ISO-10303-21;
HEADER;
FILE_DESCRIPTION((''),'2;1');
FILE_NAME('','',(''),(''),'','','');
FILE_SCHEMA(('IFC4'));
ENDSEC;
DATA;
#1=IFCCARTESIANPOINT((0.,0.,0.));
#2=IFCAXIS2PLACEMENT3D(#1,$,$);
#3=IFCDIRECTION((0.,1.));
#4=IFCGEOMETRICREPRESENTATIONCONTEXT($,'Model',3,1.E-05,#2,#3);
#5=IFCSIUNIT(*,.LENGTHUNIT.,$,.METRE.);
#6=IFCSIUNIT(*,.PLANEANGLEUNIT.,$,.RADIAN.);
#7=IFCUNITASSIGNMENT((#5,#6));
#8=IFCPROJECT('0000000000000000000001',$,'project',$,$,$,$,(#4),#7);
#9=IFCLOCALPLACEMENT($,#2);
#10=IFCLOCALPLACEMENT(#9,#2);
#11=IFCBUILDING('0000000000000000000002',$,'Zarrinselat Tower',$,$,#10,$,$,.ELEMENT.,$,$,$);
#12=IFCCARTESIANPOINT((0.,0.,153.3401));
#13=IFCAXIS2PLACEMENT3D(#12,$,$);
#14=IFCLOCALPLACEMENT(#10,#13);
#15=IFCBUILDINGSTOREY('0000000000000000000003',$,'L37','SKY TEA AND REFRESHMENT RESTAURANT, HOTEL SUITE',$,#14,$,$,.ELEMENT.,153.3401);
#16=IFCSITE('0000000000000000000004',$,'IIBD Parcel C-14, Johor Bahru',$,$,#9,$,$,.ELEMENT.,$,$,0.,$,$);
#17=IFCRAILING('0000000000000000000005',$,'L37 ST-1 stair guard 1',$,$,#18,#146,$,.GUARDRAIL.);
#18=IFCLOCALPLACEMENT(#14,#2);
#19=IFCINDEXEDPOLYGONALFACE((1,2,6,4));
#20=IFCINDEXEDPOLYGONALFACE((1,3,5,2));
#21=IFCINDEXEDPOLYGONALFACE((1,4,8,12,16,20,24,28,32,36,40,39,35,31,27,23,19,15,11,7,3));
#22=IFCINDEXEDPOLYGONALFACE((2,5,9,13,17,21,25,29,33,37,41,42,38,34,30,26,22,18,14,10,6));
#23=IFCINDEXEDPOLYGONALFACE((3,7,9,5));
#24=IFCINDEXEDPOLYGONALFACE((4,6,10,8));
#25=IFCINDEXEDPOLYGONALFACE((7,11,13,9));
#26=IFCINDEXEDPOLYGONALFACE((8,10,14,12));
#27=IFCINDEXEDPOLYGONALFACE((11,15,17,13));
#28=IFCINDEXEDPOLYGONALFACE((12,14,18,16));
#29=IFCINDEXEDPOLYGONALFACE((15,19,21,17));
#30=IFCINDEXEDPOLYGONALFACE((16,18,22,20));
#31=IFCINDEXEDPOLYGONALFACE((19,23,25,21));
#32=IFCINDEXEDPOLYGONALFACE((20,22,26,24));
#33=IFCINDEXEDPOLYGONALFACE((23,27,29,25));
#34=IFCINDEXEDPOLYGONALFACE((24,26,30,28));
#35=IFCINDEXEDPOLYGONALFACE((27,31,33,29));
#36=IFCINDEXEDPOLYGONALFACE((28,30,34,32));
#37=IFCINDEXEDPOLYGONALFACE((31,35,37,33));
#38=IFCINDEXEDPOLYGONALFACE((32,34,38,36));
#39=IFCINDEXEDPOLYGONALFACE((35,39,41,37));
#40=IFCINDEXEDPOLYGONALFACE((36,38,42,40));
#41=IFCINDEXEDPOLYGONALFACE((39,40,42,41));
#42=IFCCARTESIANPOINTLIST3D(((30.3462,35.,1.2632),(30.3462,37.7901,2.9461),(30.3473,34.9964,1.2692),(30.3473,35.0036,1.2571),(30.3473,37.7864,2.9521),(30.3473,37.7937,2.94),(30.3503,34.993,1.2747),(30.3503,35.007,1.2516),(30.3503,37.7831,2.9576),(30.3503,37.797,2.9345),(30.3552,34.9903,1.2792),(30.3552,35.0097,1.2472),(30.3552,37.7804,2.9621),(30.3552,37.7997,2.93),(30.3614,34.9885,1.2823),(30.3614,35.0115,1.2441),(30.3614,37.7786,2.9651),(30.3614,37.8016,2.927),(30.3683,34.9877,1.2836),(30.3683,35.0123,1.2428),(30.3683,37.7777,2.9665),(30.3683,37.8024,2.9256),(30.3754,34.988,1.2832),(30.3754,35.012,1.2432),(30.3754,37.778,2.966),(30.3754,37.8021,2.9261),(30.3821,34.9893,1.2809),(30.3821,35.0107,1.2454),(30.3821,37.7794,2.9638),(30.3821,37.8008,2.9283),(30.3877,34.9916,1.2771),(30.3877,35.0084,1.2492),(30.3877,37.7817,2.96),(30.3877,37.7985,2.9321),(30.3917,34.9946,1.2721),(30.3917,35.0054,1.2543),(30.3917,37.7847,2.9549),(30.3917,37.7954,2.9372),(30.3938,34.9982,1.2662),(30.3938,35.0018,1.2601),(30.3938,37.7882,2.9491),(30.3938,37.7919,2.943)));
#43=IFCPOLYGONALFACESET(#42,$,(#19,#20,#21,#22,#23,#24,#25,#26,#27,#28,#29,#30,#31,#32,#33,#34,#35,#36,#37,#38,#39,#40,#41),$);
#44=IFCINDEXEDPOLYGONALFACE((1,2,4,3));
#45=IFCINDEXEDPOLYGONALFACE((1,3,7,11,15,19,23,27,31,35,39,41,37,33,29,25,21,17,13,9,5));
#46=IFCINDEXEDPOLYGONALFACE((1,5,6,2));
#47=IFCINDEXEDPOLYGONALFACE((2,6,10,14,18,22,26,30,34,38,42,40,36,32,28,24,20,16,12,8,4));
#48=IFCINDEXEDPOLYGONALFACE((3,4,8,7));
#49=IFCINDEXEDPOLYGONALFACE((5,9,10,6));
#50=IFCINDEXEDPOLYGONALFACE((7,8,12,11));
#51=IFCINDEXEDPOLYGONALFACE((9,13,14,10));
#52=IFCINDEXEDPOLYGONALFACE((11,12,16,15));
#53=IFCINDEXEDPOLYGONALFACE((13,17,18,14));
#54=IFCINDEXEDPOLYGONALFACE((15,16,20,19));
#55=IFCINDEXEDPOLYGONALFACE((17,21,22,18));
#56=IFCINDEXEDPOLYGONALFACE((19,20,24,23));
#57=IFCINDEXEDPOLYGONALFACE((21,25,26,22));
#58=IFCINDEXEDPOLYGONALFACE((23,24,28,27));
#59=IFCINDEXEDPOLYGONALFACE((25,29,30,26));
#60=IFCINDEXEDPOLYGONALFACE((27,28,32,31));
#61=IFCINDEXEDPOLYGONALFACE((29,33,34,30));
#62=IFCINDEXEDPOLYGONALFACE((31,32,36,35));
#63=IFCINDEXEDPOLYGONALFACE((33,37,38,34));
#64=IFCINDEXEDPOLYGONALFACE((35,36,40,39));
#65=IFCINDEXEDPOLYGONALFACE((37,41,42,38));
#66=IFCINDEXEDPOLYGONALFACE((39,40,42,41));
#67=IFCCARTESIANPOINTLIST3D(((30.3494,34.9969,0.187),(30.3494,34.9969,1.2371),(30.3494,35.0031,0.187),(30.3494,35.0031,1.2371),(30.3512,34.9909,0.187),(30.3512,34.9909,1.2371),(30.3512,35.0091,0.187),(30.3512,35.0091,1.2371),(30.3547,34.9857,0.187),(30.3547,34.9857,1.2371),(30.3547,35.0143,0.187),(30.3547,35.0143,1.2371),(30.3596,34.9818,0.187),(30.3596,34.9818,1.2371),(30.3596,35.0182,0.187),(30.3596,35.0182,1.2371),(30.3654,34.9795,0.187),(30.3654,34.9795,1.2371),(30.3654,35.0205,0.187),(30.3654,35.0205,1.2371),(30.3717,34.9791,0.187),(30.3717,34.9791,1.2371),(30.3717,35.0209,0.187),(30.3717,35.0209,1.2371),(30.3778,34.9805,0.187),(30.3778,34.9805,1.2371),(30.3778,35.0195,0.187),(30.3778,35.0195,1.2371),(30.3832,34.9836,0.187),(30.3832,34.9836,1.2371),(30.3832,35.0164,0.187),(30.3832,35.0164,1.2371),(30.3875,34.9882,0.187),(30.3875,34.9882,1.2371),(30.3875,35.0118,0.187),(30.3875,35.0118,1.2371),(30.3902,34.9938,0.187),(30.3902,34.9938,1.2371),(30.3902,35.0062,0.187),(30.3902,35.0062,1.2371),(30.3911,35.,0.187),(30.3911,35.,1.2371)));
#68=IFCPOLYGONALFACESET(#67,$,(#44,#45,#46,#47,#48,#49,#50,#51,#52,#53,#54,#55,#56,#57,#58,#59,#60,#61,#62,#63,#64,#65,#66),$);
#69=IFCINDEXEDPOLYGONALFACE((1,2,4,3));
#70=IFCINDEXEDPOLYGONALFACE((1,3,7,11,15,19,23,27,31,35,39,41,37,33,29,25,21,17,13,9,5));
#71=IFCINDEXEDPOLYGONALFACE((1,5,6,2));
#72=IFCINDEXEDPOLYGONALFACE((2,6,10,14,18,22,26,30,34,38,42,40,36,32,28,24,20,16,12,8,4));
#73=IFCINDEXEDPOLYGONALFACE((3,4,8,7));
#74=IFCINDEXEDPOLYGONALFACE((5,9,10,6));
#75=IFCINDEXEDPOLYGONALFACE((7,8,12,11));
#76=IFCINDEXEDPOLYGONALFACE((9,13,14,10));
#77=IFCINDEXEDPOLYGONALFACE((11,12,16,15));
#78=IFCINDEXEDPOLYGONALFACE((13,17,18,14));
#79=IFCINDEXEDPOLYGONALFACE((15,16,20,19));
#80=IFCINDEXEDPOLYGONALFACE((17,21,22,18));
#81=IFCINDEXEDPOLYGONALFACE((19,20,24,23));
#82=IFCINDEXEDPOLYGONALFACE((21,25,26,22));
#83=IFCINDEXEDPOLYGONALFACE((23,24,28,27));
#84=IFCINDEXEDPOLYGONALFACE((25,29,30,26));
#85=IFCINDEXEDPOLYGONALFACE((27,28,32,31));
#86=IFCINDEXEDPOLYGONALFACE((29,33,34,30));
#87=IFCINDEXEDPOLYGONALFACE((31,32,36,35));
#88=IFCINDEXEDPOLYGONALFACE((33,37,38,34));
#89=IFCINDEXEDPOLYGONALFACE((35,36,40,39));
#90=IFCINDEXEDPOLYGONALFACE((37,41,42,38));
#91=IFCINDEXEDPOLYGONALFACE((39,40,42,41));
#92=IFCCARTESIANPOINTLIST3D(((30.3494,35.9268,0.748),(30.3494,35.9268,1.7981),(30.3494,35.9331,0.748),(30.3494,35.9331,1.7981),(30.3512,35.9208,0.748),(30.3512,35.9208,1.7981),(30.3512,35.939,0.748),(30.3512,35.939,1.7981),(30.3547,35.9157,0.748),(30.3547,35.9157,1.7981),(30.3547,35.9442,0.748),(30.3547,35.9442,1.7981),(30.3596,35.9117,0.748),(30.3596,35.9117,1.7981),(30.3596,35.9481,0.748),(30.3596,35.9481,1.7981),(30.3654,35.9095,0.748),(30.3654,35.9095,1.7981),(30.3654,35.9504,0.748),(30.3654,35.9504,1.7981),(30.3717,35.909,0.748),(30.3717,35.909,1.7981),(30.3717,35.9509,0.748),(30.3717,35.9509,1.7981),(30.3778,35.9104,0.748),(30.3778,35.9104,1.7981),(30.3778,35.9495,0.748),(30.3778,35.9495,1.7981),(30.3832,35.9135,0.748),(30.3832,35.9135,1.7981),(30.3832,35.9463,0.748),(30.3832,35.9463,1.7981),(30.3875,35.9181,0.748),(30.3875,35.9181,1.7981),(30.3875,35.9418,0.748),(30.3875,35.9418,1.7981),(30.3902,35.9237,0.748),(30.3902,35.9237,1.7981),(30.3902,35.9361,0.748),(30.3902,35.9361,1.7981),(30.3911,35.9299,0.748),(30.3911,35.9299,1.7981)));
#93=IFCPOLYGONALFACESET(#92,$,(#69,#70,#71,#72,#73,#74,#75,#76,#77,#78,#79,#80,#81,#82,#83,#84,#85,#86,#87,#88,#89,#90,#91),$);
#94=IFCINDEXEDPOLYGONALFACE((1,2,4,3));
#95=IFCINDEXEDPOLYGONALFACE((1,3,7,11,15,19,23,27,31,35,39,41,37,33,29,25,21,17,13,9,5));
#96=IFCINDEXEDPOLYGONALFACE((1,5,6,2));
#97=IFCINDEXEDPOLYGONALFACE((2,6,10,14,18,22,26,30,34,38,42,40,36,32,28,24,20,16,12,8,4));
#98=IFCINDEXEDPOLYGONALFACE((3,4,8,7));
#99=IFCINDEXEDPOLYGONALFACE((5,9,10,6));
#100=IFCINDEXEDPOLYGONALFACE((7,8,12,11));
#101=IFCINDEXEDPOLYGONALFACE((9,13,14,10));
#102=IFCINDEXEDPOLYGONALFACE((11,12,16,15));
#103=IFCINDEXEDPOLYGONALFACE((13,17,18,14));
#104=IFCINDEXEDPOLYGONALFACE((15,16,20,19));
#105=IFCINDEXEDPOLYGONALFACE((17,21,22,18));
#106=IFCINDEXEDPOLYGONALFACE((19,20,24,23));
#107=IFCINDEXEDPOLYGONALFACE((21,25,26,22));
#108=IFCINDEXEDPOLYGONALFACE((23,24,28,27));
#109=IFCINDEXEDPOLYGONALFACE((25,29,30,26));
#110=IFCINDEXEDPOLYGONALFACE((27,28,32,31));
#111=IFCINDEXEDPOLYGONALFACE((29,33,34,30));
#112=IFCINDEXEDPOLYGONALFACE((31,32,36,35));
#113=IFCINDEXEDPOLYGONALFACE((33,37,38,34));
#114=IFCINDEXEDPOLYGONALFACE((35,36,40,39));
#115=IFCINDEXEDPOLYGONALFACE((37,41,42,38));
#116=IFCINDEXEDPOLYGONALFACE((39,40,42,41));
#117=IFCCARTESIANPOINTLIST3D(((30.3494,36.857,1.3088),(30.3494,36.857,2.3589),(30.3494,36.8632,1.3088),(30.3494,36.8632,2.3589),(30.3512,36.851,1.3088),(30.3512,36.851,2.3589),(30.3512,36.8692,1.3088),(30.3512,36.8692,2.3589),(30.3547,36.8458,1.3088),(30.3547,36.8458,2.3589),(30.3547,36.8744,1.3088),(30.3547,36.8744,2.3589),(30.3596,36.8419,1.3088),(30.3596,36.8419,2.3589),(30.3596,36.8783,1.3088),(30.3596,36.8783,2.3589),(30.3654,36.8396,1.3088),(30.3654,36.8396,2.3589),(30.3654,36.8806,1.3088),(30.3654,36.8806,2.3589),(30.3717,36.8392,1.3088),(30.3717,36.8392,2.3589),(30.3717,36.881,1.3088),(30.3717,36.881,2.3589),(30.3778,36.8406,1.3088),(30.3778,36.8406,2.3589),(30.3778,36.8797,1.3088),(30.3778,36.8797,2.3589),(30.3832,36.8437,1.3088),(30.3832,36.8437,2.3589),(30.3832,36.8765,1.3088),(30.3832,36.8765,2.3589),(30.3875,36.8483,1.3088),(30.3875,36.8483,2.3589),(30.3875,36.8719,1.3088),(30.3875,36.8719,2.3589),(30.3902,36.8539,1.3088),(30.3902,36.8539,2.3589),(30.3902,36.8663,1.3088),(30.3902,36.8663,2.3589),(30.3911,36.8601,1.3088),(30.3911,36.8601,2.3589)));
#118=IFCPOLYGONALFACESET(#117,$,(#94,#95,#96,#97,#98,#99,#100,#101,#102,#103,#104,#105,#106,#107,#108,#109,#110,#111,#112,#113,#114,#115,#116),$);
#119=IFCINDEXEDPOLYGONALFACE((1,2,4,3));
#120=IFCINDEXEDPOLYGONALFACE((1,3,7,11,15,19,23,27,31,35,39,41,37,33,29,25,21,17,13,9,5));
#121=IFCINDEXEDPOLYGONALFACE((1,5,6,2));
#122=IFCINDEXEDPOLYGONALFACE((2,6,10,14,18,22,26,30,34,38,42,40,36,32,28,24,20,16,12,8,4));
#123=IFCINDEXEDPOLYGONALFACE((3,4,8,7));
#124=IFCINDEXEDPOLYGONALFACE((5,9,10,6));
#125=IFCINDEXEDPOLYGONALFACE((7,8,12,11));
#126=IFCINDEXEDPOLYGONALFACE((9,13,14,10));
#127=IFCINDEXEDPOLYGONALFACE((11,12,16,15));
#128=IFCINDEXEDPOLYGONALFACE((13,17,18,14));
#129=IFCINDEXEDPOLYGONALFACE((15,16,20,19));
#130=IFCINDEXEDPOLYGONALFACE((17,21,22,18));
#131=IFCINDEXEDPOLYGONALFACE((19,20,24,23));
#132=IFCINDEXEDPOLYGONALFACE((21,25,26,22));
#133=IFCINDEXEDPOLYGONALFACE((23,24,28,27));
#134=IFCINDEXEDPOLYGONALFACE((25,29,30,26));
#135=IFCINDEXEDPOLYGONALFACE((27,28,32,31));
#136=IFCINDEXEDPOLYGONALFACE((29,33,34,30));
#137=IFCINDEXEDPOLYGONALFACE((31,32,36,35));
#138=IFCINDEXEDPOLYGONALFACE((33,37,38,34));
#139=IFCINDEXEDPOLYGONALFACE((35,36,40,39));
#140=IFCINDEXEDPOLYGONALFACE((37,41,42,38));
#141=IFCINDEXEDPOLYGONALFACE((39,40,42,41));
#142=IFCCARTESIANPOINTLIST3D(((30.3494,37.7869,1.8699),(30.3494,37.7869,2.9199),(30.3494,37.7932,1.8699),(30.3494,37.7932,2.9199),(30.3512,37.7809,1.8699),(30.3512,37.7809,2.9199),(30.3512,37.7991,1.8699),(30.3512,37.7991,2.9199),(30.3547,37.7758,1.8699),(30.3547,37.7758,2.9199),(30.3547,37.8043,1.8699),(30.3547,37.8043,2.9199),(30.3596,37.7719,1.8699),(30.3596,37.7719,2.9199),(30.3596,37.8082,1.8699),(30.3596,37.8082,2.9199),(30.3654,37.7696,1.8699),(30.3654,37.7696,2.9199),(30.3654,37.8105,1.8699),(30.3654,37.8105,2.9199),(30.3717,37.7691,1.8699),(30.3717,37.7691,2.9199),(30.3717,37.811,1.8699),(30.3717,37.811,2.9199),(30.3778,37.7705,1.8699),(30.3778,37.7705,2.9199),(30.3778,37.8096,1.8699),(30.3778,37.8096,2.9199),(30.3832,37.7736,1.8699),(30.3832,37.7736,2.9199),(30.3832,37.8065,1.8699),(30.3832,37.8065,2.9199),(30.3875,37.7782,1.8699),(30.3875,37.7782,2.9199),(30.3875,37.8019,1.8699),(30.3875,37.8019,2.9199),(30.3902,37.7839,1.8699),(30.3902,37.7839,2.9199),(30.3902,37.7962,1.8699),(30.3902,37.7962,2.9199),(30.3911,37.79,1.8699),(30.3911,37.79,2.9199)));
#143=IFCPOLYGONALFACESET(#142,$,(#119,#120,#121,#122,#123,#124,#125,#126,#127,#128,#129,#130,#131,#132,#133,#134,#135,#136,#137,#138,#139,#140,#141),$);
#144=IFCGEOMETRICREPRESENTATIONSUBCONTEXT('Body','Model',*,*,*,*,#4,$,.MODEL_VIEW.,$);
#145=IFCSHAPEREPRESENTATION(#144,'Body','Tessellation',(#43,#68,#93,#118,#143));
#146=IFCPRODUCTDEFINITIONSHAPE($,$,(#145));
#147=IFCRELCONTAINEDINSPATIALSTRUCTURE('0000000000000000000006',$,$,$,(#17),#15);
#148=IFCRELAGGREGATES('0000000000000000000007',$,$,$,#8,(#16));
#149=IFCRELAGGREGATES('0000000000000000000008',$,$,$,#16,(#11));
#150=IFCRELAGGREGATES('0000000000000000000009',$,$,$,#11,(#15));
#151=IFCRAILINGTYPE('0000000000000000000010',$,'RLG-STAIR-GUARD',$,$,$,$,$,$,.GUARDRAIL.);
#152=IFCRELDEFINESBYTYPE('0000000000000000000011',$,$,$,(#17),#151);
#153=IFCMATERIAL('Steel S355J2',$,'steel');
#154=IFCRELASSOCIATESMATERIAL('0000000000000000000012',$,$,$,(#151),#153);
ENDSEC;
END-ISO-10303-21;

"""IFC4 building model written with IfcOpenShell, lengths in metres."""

from ifc_helpers import new_model, si_unit, direction, frame, origin, origin_2d, place, context, subcontext, project, spatial, circle, extrude, material, type_object, element, save


model = new_model("IFC4")

# Units and contexts
model_context = context("Model", 3, precision=1e-05, world=origin(), true_north=direction((0.0, 1.0)))
body_context = subcontext(model_context, "Body", "Model", "MODEL_VIEW")
ifc_project = project(units=[si_unit("LENGTHUNIT", "METRE"), si_unit("PLANEANGLEUNIT", "RADIAN")], contexts=[model_context])

# Site, building, storey
site_placement = place(None, origin())
site = spatial("IfcSite", under=ifc_project, at=site_placement, Name="IIBD Parcel C-14, Johor Bahru", CompositionType="ELEMENT", RefElevation=0.0)
building_placement = place(site_placement, origin())
building = spatial("IfcBuilding", under=site, at=building_placement, Name="Zarrinselat Tower", CompositionType="ELEMENT")
storey_placement = place(building_placement, frame((0.0, 0.0, 153.3401)))
storey = spatial("IfcBuildingStorey", under=building, at=storey_placement, Name="L37", Description="SKY TEA AND REFRESHMENT RESTAURANT, HOTEL SUITE", CompositionType="ELEMENT", Elevation=153.3401)

# Railing
ifc_material_1 = material(Name="Steel S355J2", Category="steel")
railing_type_1 = type_object("IfcRailingType", Name="RLG-STAIR-GUARD", PredefinedType="GUARDRAIL", material=ifc_material_1)
railing_1_placement = place(storey_placement, frame((30.3701, 35.0, 0.187)))
element("IfcRailing", 1, at=railing_1_placement, inside=storey, type_object=railing_type_1, Name="L37 ST-1 stair guard 1", PredefinedType="GUARDRAIL", context=body_context, shape_type="SweptSolid", body=[
    extrude(circle(Radius=0.0239, at=origin_2d()), frame((0.0, 0.0, 1.0762), z_axis=(0.0, 0.856294, 0.516489), x_axis=(-1.0, 0.0, 0.0)), (0.0, 0.0, 1.0), 3.2583),
    extrude(circle(Radius=0.021, at=origin_2d()), origin(), (0.0, 0.0, 1.0), 1.05),
    extrude(circle(Radius=0.021, at=origin_2d()), frame((0.0, 0.9299, 0.561)), (0.0, 0.0, 1.0), 1.05),
    extrude(circle(Radius=0.021, at=origin_2d()), frame((0.0, 1.8601, 1.1218)), (0.0, 0.0, 1.0), 1.05),
    extrude(circle(Radius=0.021, at=origin_2d()), frame((0.0, 2.79, 1.6829)), (0.0, 0.0, 1.0), 1.05),
])

save(model, "model.ifc")
